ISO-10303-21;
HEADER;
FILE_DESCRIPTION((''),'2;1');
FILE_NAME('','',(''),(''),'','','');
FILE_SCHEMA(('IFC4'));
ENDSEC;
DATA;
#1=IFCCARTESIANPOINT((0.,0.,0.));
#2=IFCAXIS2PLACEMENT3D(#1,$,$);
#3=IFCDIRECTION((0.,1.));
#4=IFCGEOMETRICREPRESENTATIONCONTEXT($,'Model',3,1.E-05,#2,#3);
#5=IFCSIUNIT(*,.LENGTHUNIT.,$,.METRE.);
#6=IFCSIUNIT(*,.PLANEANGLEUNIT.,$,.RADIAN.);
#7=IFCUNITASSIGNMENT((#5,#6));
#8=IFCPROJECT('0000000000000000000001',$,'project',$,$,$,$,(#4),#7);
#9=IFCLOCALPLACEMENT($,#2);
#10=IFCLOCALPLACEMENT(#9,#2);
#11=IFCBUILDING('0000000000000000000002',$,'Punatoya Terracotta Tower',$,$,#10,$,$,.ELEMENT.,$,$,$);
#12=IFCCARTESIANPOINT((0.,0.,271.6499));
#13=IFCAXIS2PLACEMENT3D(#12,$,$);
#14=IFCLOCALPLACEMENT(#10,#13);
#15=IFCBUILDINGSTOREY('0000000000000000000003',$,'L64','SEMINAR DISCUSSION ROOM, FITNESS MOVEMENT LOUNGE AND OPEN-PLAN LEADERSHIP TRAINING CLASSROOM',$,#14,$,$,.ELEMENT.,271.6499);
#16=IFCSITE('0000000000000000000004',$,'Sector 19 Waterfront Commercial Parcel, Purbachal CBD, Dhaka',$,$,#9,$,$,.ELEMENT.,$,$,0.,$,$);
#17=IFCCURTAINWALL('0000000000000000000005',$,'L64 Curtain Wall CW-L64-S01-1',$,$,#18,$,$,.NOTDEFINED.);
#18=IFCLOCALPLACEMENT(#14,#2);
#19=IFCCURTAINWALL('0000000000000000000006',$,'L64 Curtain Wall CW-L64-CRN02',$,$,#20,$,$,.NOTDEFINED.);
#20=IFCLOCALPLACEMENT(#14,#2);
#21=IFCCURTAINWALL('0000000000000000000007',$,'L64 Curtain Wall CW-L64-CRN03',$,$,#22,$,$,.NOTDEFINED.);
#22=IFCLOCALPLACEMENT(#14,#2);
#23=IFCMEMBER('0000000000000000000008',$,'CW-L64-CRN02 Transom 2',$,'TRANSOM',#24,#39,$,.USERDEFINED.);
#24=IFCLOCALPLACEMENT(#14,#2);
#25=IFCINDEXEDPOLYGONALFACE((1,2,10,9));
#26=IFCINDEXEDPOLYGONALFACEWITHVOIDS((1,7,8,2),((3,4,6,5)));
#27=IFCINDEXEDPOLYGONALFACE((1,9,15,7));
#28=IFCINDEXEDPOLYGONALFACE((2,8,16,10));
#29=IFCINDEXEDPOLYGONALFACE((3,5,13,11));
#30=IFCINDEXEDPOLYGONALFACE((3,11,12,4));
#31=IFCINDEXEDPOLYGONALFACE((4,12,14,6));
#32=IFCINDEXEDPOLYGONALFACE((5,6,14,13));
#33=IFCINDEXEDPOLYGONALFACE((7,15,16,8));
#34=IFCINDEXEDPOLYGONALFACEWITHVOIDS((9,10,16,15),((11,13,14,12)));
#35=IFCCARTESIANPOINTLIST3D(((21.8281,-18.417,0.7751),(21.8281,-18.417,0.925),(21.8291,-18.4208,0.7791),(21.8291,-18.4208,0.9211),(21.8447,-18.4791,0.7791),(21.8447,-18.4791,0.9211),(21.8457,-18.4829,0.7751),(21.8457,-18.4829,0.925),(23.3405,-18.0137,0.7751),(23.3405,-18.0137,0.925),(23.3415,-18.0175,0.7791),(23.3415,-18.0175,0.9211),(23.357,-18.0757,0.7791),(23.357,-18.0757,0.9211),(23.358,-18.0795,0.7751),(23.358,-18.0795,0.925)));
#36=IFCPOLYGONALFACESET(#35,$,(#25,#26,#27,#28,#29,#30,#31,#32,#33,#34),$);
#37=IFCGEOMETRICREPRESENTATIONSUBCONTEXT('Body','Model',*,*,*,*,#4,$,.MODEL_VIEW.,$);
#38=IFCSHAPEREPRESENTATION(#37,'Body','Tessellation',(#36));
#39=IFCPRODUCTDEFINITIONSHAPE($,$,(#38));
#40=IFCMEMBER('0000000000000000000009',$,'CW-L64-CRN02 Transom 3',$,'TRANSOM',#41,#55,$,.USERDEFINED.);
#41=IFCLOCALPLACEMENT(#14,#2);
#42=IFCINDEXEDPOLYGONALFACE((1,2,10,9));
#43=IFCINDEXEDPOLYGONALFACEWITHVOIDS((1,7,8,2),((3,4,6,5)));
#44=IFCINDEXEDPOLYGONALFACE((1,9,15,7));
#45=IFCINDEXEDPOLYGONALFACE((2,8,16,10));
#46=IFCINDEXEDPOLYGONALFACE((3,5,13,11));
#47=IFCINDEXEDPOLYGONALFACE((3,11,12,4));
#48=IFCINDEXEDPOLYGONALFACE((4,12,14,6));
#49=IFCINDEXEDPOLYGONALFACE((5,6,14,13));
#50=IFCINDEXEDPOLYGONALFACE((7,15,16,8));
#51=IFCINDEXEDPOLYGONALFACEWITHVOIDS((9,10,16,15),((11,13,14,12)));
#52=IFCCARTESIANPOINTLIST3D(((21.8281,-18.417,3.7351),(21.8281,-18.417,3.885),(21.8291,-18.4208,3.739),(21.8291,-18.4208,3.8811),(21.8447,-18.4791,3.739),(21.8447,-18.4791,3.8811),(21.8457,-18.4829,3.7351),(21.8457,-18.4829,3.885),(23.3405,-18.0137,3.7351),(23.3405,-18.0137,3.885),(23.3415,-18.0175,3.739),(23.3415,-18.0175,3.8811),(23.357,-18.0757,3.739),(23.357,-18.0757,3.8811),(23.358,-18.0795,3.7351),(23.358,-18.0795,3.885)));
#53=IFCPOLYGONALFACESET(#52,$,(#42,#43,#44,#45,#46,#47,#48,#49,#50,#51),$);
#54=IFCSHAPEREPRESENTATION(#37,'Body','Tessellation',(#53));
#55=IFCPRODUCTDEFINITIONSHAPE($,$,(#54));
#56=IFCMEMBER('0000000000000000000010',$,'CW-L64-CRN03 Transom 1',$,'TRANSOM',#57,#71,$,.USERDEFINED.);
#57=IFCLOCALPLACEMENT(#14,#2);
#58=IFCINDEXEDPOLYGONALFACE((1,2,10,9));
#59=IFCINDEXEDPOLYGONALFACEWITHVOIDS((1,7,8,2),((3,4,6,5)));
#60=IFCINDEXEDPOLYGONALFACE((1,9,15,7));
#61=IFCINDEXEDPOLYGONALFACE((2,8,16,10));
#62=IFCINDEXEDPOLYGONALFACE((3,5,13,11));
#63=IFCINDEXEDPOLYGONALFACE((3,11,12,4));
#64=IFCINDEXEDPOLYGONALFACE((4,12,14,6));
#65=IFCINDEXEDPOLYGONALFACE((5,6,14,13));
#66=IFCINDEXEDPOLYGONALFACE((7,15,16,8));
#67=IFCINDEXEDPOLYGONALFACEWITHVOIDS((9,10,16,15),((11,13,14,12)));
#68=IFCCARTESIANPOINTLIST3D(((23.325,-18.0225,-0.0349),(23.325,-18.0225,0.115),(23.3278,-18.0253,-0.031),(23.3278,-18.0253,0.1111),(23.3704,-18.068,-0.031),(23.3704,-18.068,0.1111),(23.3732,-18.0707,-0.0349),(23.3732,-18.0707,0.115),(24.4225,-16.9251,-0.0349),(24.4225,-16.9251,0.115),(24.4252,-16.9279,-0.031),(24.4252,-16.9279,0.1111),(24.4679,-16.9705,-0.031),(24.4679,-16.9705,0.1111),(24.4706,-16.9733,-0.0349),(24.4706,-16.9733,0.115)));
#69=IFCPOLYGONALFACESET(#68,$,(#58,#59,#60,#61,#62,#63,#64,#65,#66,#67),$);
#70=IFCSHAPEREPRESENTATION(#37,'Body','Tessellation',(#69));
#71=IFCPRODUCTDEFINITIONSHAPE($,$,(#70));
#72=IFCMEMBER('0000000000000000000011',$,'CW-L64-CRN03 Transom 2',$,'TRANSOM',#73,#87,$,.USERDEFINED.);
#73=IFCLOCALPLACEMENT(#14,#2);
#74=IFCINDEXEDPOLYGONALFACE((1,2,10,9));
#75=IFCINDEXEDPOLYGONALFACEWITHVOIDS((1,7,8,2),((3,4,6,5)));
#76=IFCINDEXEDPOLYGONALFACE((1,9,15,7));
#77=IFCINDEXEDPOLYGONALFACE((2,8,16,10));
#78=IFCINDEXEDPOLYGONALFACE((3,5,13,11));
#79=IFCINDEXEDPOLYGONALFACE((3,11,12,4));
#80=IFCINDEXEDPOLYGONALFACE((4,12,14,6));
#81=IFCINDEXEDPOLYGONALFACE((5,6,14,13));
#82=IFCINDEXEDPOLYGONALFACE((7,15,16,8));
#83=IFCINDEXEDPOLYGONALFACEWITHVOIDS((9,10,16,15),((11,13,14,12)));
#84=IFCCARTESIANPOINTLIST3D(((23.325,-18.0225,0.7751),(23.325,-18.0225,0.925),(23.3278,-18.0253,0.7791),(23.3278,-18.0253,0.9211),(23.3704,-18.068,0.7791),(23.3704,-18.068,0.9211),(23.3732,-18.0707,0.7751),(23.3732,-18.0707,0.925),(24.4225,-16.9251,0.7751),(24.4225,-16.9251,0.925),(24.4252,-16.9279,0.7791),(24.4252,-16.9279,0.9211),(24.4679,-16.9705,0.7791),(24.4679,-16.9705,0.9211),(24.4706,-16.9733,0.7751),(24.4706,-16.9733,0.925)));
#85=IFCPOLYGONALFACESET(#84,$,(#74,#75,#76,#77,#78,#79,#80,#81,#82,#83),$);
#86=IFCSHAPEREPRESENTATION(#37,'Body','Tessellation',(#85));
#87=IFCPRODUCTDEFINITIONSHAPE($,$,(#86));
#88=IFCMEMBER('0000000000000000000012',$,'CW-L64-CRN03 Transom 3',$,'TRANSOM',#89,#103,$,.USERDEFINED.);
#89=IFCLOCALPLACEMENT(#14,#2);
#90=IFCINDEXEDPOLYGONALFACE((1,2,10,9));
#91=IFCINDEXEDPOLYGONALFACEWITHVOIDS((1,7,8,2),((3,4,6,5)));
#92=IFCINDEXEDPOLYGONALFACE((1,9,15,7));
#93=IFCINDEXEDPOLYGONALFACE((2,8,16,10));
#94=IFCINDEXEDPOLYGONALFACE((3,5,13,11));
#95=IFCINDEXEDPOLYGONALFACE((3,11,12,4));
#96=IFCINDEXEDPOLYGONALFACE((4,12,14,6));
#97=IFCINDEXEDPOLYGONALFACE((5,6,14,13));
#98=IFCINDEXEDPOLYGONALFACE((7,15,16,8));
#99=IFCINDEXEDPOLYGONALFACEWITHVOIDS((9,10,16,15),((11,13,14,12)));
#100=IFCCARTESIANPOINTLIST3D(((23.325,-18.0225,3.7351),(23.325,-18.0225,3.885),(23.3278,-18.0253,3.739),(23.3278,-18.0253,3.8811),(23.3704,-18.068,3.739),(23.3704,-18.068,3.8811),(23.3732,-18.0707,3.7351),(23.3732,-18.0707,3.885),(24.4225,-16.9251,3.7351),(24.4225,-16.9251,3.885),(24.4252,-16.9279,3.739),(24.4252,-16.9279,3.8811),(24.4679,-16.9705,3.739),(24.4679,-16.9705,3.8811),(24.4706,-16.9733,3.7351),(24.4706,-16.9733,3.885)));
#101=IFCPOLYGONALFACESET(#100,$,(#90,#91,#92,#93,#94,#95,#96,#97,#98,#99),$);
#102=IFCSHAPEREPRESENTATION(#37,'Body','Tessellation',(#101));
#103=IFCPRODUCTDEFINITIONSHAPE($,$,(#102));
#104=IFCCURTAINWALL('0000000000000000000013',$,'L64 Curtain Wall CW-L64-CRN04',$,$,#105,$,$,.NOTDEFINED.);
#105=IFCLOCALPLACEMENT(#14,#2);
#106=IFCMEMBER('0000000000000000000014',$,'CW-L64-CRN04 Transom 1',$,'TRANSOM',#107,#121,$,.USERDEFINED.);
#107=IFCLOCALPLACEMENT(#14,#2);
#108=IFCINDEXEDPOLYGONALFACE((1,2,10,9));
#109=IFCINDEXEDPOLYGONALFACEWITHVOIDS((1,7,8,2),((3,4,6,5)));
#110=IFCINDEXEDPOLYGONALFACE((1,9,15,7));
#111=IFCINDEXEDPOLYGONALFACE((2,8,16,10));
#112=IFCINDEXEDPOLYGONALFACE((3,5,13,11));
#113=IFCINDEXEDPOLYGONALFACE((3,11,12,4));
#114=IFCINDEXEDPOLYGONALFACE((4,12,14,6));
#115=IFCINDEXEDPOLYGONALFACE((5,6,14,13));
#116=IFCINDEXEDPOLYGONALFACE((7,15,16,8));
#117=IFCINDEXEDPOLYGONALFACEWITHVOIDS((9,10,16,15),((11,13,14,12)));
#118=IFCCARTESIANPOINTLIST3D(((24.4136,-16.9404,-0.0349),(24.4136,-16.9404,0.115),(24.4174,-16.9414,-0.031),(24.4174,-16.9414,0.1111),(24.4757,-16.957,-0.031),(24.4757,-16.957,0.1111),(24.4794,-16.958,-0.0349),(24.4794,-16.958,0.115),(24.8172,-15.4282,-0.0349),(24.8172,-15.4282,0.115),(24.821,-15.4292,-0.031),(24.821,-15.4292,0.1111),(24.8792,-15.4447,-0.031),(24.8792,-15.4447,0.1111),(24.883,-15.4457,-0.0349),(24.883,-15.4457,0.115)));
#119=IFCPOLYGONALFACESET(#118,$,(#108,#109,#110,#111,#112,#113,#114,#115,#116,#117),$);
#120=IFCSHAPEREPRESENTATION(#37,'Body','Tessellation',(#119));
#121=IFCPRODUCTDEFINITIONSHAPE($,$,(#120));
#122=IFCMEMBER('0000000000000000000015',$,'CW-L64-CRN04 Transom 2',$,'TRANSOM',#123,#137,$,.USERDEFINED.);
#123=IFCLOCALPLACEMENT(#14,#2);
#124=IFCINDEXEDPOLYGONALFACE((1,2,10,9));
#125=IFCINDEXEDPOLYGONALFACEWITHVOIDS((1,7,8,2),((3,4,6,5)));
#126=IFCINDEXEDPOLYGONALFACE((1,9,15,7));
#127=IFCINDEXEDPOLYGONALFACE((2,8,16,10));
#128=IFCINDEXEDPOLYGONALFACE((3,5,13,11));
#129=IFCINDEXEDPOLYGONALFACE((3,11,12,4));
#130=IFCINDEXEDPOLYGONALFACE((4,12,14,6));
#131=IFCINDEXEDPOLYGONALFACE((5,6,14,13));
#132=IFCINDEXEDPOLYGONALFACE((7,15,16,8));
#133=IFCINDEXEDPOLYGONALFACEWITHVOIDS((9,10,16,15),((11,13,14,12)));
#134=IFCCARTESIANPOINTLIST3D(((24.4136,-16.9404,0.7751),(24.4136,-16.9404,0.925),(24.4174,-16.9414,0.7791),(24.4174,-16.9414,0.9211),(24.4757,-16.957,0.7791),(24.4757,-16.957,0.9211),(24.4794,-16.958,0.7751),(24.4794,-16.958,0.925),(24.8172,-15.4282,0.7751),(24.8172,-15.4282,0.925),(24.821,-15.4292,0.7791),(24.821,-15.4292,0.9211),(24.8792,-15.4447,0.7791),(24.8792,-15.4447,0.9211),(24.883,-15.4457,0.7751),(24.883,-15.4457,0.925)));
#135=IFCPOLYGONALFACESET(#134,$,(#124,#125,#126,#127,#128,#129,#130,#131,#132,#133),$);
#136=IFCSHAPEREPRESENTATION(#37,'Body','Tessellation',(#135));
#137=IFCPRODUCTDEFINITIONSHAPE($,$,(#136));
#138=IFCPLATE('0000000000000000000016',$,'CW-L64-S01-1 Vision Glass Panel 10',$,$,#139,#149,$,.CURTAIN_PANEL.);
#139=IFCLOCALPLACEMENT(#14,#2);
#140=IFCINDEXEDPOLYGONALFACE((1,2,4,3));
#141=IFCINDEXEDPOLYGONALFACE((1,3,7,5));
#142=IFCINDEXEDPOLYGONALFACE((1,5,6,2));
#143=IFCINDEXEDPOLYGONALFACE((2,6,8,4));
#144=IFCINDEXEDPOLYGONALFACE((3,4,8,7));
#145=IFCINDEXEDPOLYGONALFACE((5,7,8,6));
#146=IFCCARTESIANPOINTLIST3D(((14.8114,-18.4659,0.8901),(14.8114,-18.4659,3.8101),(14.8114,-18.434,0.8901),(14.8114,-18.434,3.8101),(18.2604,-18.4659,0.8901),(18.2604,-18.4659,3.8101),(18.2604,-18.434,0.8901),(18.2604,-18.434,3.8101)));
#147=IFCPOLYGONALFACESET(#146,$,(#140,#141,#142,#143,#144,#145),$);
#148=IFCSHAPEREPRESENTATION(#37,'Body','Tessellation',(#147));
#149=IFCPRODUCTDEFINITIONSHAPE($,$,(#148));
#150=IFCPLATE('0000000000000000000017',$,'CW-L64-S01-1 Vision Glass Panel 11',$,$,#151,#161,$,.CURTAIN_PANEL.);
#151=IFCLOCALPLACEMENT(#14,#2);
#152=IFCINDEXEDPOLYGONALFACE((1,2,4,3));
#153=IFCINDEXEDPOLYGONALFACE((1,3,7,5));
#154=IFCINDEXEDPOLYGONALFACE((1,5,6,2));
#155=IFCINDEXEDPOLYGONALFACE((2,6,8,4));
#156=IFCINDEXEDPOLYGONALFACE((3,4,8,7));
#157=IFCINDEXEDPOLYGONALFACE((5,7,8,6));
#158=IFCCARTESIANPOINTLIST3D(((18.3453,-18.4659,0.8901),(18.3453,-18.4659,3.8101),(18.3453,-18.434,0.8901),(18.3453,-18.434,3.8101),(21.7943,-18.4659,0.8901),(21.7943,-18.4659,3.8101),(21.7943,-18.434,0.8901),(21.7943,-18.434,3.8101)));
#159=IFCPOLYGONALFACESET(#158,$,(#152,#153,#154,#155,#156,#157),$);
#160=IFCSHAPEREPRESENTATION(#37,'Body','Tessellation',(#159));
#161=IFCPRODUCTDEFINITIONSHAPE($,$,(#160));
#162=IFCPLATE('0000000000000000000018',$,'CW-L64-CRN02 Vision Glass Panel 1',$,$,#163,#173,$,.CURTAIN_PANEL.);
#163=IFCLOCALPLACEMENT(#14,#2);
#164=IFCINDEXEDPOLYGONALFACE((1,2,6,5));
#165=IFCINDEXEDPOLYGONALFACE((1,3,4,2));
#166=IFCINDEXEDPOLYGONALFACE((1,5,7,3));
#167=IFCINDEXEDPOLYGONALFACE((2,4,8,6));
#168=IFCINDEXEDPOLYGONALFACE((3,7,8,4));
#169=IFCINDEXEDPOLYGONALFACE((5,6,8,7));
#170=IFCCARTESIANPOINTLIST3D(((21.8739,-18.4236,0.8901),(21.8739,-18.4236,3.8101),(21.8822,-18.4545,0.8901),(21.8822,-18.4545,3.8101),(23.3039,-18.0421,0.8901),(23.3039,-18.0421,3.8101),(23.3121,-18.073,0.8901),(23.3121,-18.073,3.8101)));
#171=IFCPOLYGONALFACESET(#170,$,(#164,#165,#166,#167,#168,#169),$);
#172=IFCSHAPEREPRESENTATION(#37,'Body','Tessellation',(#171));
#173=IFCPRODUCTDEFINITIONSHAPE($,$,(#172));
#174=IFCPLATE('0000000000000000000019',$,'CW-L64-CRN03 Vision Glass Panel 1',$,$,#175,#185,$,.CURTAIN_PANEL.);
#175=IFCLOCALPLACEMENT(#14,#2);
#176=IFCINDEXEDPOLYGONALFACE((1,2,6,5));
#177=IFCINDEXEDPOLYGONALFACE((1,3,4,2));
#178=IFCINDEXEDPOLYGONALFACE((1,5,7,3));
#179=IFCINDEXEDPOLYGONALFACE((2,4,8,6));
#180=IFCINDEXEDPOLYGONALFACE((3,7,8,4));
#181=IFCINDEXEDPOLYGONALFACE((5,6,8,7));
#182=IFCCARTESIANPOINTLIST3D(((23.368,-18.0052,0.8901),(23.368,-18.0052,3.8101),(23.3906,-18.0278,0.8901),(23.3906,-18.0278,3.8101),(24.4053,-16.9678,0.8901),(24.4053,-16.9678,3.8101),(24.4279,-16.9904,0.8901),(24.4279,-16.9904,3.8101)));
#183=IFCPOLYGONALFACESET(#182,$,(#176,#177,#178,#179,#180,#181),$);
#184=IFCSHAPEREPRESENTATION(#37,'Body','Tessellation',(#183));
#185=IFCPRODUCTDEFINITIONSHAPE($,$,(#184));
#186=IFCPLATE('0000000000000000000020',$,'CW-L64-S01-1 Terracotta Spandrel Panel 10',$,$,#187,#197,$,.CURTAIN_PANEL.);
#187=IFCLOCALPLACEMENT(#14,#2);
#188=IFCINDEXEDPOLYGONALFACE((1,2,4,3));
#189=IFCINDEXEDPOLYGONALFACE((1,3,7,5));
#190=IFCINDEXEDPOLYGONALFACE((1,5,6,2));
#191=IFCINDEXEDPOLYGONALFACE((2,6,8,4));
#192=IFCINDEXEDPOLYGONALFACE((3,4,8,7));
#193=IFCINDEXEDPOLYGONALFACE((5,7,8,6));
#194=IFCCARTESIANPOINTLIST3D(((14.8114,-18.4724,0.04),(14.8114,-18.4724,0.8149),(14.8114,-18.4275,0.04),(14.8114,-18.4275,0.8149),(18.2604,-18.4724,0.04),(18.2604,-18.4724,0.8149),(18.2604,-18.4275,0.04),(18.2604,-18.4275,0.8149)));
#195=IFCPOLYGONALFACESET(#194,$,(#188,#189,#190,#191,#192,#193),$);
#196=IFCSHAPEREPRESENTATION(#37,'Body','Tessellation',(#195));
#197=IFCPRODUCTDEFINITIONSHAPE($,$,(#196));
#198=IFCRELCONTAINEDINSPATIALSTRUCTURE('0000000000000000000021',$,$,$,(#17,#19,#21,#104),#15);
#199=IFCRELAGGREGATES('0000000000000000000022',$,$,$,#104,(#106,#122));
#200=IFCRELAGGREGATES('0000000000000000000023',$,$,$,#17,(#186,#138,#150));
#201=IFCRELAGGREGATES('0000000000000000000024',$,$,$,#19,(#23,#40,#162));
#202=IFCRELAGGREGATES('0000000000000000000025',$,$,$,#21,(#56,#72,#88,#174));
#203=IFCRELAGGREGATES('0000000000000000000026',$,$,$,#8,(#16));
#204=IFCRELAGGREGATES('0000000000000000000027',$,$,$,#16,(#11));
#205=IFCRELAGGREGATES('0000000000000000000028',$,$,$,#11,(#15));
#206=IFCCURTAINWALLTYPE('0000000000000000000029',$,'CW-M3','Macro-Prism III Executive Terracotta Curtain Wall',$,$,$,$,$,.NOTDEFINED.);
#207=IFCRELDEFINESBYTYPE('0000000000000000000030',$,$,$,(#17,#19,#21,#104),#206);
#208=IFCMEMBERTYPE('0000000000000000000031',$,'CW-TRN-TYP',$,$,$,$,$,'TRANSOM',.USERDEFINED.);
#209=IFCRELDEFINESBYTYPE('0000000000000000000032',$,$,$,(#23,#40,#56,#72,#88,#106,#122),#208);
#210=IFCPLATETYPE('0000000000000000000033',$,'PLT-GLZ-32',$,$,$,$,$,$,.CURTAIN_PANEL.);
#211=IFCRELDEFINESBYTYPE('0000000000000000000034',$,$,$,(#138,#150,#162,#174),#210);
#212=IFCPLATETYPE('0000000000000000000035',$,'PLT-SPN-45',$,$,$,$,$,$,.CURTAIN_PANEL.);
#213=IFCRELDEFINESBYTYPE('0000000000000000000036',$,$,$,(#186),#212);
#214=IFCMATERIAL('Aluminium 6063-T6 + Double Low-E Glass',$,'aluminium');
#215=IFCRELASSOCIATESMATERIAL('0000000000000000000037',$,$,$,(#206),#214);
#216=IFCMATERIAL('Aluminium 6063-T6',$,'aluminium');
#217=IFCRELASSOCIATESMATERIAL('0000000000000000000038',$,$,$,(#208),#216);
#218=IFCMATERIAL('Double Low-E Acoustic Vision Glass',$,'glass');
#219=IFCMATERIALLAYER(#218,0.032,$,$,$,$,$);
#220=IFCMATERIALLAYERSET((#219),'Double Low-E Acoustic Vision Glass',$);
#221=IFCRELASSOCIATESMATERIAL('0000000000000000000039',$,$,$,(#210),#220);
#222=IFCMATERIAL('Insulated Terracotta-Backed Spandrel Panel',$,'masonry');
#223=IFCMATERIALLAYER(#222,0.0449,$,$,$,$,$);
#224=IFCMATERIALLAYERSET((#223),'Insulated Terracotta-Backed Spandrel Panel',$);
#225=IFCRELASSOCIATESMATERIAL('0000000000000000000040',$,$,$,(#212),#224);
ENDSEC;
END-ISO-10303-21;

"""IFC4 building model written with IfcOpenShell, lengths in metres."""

from ifc_helpers import new_model, si_unit, direction, frame, origin, origin_2d, place, context, subcontext, project, spatial, rectangle, hollow_rectangle, extrude, material, layer, layer_set, material_profile, profile_set, type_object, element, aggregate, save


model = new_model("IFC4")

# Units and contexts
model_context = context("Model", 3, precision=1e-05, world=origin(), true_north=direction((0.0, 1.0)))
body_context = subcontext(model_context, "Body", "Model", "MODEL_VIEW")
ifc_project = project(units=[si_unit("LENGTHUNIT", "METRE"), si_unit("PLANEANGLEUNIT", "RADIAN")], contexts=[model_context])

# Site, building, storey
site_placement = place(None, origin())
site = spatial("IfcSite", under=ifc_project, at=site_placement, Name="Sector 19 Waterfront Commercial Parcel, Purbachal CBD, Dhaka", CompositionType="ELEMENT", RefElevation=0.0)
building_placement = place(site_placement, origin())
building = spatial("IfcBuilding", under=site, at=building_placement, Name="Punatoya Terracotta Tower", CompositionType="ELEMENT")
storey_placement = place(building_placement, frame((0.0, 0.0, 271.6499)))
storey = spatial("IfcBuildingStorey", under=building, at=storey_placement, Name="L64", Description="SEMINAR DISCUSSION ROOM, FITNESS MOVEMENT LOUNGE AND OPEN-PLAN LEADERSHIP TRAINING CLASSROOM", CompositionType="ELEMENT", Elevation=271.6499)

# Curtain walls
ifc_material_1 = material(Name="Aluminium 6063-T6 + Double Low-E Glass", Category="aluminium")
curtain_wall_type = type_object("IfcCurtainWallType", Name="CW-M3", Description="Macro-Prism III Executive Terracotta Curtain Wall", PredefinedType="NOTDEFINED", material=ifc_material_1)
curtain_wall_1_placement = place(storey_placement, origin())
curtain_wall_1 = element("IfcCurtainWall", 1, at=curtain_wall_1_placement, inside=storey, type_object=curtain_wall_type, Name="L64 Curtain Wall CW-L64-S01-1", PredefinedType="NOTDEFINED")
ifc_material_2 = material(Name="Aluminium 6063-T6", Category="aluminium")
curtain_wall_2_placement = place(storey_placement, origin())
curtain_wall_2 = element("IfcCurtainWall", 2, at=curtain_wall_2_placement, inside=storey, type_object=curtain_wall_type, Name="L64 Curtain Wall CW-L64-CRN02", PredefinedType="NOTDEFINED")
curtain_wall_3_placement = place(storey_placement, origin())
curtain_wall_3 = element("IfcCurtainWall", 3, at=curtain_wall_3_placement, inside=storey, type_object=curtain_wall_type, Name="L64 Curtain Wall CW-L64-CRN03", PredefinedType="NOTDEFINED")

# Members
ifc_material_profile_1 = material_profile(ifc_material_2, hollow_rectangle(XDim=0.0681, YDim=0.1499, WallThickness=0.0039, at=origin_2d()))
ifc_profile_set_1 = profile_set([ifc_material_profile_1], Name="Aluminium 6063-T6")
member_type_1 = type_object("IfcMemberType", Name="CW-TRN-TYP", ElementType="TRANSOM", PredefinedType="USERDEFINED", material=ifc_profile_set_1)
member_1_placement = place(storey_placement, frame((21.8369, -18.45, 0.8501), z_axis=(0.966225, 0.257701, 0.0), x_axis=(-0.257701, 0.966225, 0.0)))
member_1 = element("IfcMember", 4, at=member_1_placement, type_object=member_type_1, Name="CW-L64-CRN02 Transom 2", ObjectType="TRANSOM", PredefinedType="USERDEFINED", context=body_context, shape_type="SweptSolid", body=[
    extrude(hollow_rectangle(XDim=0.0681, YDim=0.1499, WallThickness=0.0039, at=origin_2d()), origin(), (0.0, 0.0, 1.0), 1.5652),
])
member_2_placement = place(storey_placement, frame((21.8369, -18.45, 3.8101), z_axis=(0.966225, 0.257701, 0.0), x_axis=(-0.257701, 0.966225, 0.0)))
member_2 = element("IfcMember", 5, at=member_2_placement, type_object=member_type_1, Name="CW-L64-CRN02 Transom 3", ObjectType="TRANSOM", PredefinedType="USERDEFINED", context=body_context, shape_type="SweptSolid", body=[
    extrude(hollow_rectangle(XDim=0.0681, YDim=0.1499, WallThickness=0.0039, at=origin_2d()), origin(), (0.0, 0.0, 1.0), 1.5652),
])
member_3_placement = place(storey_placement, frame((23.3491, -18.0466, 0.04), z_axis=(0.707107, 0.707107, 0.0), x_axis=(-0.707107, 0.707107, 0.0)))
member_3 = element("IfcMember", 6, at=member_3_placement, type_object=member_type_1, Name="CW-L64-CRN03 Transom 1", ObjectType="TRANSOM", PredefinedType="USERDEFINED", context=body_context, shape_type="SweptSolid", body=[
    extrude(hollow_rectangle(XDim=0.0681, YDim=0.1499, WallThickness=0.0039, at=origin_2d()), origin(), (0.0, 0.0, 1.0), 1.552),
])
member_4_placement = place(storey_placement, frame((23.3491, -18.0466, 0.8501), z_axis=(0.707107, 0.707107, 0.0), x_axis=(-0.707107, 0.707107, 0.0)))
member_4 = element("IfcMember", 7, at=member_4_placement, type_object=member_type_1, Name="CW-L64-CRN03 Transom 2", ObjectType="TRANSOM", PredefinedType="USERDEFINED", context=body_context, shape_type="SweptSolid", body=[
    extrude(hollow_rectangle(XDim=0.0681, YDim=0.1499, WallThickness=0.0039, at=origin_2d()), origin(), (0.0, 0.0, 1.0), 1.552),
])
member_5_placement = place(storey_placement, frame((23.3491, -18.0466, 3.8101), z_axis=(0.707107, 0.707107, 0.0), x_axis=(-0.707107, 0.707107, 0.0)))
member_5 = element("IfcMember", 8, at=member_5_placement, type_object=member_type_1, Name="CW-L64-CRN03 Transom 3", ObjectType="TRANSOM", PredefinedType="USERDEFINED", context=body_context, shape_type="SweptSolid", body=[
    extrude(hollow_rectangle(XDim=0.0681, YDim=0.1499, WallThickness=0.0039, at=origin_2d()), origin(), (0.0, 0.0, 1.0), 1.552),
])

# Curtain wall, members
curtain_wall_4_placement = place(storey_placement, origin())
curtain_wall_4 = element("IfcCurtainWall", 9, at=curtain_wall_4_placement, inside=storey, type_object=curtain_wall_type, Name="L64 Curtain Wall CW-L64-CRN04", PredefinedType="NOTDEFINED")
member_6_placement = place(storey_placement, frame((24.4465, -16.9492, 0.04), z_axis=(0.257847, 0.966186, 0.0), x_axis=(-0.966186, 0.257847, 0.0)))
member_6 = element("IfcMember", 10, at=member_6_placement, type_object=member_type_1, Name="CW-L64-CRN04 Transom 1", ObjectType="TRANSOM", PredefinedType="USERDEFINED", context=body_context, shape_type="SweptSolid", body=[
    extrude(hollow_rectangle(XDim=0.0681, YDim=0.1499, WallThickness=0.0039, at=origin_2d()), origin(), (0.0, 0.0, 1.0), 1.5652),
])
member_7_placement = place(storey_placement, frame((24.4465, -16.9492, 0.8501), z_axis=(0.257847, 0.966186, 0.0), x_axis=(-0.966186, 0.257847, 0.0)))
member_7 = element("IfcMember", 11, at=member_7_placement, type_object=member_type_1, Name="CW-L64-CRN04 Transom 2", ObjectType="TRANSOM", PredefinedType="USERDEFINED", context=body_context, shape_type="SweptSolid", body=[
    extrude(hollow_rectangle(XDim=0.0681, YDim=0.1499, WallThickness=0.0039, at=origin_2d()), origin(), (0.0, 0.0, 1.0), 1.5652),
])
aggregate(curtain_wall_4, [member_6, member_7])

# Plates
ifc_material_3 = material(Name="Double Low-E Acoustic Vision Glass", Category="glass")
ifc_layer_1 = layer(ifc_material_3, 0.032)
ifc_layer_set_1 = layer_set([ifc_layer_1], Name="Double Low-E Acoustic Vision Glass")
plate_type_1 = type_object("IfcPlateType", Name="PLT-GLZ-32", PredefinedType="CURTAIN_PANEL", material=ifc_layer_set_1)
plate_1_placement = place(storey_placement, frame((16.5359, -18.45, 0.8901), z_axis=(0.0, 0.0, 1.0), x_axis=(1.0, 0.0, 0.0)))
plate_1 = element("IfcPlate", 12, at=plate_1_placement, type_object=plate_type_1, Name="CW-L64-S01-1 Vision Glass Panel 10", PredefinedType="CURTAIN_PANEL", context=body_context, shape_type="SweptSolid", body=[
    extrude(rectangle(XDim=3.449, YDim=0.032, at=origin_2d()), origin(), (0.0, 0.0, 1.0), 2.9199),
])
plate_2_placement = place(storey_placement, frame((20.0698, -18.45, 0.8901), z_axis=(0.0, 0.0, 1.0), x_axis=(1.0, 0.0, 0.0)))
plate_2 = element("IfcPlate", 13, at=plate_2_placement, type_object=plate_type_1, Name="CW-L64-S01-1 Vision Glass Panel 11", PredefinedType="CURTAIN_PANEL", context=body_context, shape_type="SweptSolid", body=[
    extrude(rectangle(XDim=3.449, YDim=0.032, at=origin_2d()), origin(), (0.0, 0.0, 1.0), 2.9199),
])
plate_3_placement = place(storey_placement, frame((22.593, -18.2483, 0.8901), z_axis=(0.0, 0.0, 1.0), x_axis=(0.966214, 0.257742, 0.0)))
plate_3 = element("IfcPlate", 14, at=plate_3_placement, type_object=plate_type_1, Name="CW-L64-CRN02 Vision Glass Panel 1", PredefinedType="CURTAIN_PANEL", context=body_context, shape_type="SweptSolid", body=[
    extrude(rectangle(XDim=1.48, YDim=0.032, at=origin_2d()), origin(), (0.0, 0.0, 1.0), 2.9199),
])
plate_4_placement = place(storey_placement, frame((23.8979, -17.4978, 0.8901), z_axis=(0.0, 0.0, 1.0), x_axis=(0.707107, 0.707107, 0.0)))
plate_4 = element("IfcPlate", 15, at=plate_4_placement, type_object=plate_type_1, Name="CW-L64-CRN03 Vision Glass Panel 1", PredefinedType="CURTAIN_PANEL", context=body_context, shape_type="SweptSolid", body=[
    extrude(rectangle(XDim=1.467, YDim=0.032, at=origin_2d()), origin(), (0.0, 0.0, 1.0), 2.9199),
])
ifc_material_4 = material(Name="Insulated Terracotta-Backed Spandrel Panel", Category="masonry")
ifc_layer_2 = layer(ifc_material_4, 0.0449)
ifc_layer_set_2 = layer_set([ifc_layer_2], Name="Insulated Terracotta-Backed Spandrel Panel")
plate_type_2 = type_object("IfcPlateType", Name="PLT-SPN-45", PredefinedType="CURTAIN_PANEL", material=ifc_layer_set_2)
plate_5_placement = place(storey_placement, frame((16.5359, -18.45, 0.04), z_axis=(0.0, 0.0, 1.0), x_axis=(1.0, 0.0, 0.0)))
plate_5 = element("IfcPlate", 16, at=plate_5_placement, type_object=plate_type_2, Name="CW-L64-S01-1 Terracotta Spandrel Panel 10", PredefinedType="CURTAIN_PANEL", context=body_context, shape_type="SweptSolid", body=[
    extrude(rectangle(XDim=3.449, YDim=0.0449, at=origin_2d()), origin(), (0.0, 0.0, 1.0), 0.7749),
])
aggregate(curtain_wall_1, [plate_5, plate_1, plate_2])
aggregate(curtain_wall_2, [member_1, member_2, plate_3])
aggregate(curtain_wall_3, [member_3, member_4, member_5, plate_4])

save(model, "model.ifc")
